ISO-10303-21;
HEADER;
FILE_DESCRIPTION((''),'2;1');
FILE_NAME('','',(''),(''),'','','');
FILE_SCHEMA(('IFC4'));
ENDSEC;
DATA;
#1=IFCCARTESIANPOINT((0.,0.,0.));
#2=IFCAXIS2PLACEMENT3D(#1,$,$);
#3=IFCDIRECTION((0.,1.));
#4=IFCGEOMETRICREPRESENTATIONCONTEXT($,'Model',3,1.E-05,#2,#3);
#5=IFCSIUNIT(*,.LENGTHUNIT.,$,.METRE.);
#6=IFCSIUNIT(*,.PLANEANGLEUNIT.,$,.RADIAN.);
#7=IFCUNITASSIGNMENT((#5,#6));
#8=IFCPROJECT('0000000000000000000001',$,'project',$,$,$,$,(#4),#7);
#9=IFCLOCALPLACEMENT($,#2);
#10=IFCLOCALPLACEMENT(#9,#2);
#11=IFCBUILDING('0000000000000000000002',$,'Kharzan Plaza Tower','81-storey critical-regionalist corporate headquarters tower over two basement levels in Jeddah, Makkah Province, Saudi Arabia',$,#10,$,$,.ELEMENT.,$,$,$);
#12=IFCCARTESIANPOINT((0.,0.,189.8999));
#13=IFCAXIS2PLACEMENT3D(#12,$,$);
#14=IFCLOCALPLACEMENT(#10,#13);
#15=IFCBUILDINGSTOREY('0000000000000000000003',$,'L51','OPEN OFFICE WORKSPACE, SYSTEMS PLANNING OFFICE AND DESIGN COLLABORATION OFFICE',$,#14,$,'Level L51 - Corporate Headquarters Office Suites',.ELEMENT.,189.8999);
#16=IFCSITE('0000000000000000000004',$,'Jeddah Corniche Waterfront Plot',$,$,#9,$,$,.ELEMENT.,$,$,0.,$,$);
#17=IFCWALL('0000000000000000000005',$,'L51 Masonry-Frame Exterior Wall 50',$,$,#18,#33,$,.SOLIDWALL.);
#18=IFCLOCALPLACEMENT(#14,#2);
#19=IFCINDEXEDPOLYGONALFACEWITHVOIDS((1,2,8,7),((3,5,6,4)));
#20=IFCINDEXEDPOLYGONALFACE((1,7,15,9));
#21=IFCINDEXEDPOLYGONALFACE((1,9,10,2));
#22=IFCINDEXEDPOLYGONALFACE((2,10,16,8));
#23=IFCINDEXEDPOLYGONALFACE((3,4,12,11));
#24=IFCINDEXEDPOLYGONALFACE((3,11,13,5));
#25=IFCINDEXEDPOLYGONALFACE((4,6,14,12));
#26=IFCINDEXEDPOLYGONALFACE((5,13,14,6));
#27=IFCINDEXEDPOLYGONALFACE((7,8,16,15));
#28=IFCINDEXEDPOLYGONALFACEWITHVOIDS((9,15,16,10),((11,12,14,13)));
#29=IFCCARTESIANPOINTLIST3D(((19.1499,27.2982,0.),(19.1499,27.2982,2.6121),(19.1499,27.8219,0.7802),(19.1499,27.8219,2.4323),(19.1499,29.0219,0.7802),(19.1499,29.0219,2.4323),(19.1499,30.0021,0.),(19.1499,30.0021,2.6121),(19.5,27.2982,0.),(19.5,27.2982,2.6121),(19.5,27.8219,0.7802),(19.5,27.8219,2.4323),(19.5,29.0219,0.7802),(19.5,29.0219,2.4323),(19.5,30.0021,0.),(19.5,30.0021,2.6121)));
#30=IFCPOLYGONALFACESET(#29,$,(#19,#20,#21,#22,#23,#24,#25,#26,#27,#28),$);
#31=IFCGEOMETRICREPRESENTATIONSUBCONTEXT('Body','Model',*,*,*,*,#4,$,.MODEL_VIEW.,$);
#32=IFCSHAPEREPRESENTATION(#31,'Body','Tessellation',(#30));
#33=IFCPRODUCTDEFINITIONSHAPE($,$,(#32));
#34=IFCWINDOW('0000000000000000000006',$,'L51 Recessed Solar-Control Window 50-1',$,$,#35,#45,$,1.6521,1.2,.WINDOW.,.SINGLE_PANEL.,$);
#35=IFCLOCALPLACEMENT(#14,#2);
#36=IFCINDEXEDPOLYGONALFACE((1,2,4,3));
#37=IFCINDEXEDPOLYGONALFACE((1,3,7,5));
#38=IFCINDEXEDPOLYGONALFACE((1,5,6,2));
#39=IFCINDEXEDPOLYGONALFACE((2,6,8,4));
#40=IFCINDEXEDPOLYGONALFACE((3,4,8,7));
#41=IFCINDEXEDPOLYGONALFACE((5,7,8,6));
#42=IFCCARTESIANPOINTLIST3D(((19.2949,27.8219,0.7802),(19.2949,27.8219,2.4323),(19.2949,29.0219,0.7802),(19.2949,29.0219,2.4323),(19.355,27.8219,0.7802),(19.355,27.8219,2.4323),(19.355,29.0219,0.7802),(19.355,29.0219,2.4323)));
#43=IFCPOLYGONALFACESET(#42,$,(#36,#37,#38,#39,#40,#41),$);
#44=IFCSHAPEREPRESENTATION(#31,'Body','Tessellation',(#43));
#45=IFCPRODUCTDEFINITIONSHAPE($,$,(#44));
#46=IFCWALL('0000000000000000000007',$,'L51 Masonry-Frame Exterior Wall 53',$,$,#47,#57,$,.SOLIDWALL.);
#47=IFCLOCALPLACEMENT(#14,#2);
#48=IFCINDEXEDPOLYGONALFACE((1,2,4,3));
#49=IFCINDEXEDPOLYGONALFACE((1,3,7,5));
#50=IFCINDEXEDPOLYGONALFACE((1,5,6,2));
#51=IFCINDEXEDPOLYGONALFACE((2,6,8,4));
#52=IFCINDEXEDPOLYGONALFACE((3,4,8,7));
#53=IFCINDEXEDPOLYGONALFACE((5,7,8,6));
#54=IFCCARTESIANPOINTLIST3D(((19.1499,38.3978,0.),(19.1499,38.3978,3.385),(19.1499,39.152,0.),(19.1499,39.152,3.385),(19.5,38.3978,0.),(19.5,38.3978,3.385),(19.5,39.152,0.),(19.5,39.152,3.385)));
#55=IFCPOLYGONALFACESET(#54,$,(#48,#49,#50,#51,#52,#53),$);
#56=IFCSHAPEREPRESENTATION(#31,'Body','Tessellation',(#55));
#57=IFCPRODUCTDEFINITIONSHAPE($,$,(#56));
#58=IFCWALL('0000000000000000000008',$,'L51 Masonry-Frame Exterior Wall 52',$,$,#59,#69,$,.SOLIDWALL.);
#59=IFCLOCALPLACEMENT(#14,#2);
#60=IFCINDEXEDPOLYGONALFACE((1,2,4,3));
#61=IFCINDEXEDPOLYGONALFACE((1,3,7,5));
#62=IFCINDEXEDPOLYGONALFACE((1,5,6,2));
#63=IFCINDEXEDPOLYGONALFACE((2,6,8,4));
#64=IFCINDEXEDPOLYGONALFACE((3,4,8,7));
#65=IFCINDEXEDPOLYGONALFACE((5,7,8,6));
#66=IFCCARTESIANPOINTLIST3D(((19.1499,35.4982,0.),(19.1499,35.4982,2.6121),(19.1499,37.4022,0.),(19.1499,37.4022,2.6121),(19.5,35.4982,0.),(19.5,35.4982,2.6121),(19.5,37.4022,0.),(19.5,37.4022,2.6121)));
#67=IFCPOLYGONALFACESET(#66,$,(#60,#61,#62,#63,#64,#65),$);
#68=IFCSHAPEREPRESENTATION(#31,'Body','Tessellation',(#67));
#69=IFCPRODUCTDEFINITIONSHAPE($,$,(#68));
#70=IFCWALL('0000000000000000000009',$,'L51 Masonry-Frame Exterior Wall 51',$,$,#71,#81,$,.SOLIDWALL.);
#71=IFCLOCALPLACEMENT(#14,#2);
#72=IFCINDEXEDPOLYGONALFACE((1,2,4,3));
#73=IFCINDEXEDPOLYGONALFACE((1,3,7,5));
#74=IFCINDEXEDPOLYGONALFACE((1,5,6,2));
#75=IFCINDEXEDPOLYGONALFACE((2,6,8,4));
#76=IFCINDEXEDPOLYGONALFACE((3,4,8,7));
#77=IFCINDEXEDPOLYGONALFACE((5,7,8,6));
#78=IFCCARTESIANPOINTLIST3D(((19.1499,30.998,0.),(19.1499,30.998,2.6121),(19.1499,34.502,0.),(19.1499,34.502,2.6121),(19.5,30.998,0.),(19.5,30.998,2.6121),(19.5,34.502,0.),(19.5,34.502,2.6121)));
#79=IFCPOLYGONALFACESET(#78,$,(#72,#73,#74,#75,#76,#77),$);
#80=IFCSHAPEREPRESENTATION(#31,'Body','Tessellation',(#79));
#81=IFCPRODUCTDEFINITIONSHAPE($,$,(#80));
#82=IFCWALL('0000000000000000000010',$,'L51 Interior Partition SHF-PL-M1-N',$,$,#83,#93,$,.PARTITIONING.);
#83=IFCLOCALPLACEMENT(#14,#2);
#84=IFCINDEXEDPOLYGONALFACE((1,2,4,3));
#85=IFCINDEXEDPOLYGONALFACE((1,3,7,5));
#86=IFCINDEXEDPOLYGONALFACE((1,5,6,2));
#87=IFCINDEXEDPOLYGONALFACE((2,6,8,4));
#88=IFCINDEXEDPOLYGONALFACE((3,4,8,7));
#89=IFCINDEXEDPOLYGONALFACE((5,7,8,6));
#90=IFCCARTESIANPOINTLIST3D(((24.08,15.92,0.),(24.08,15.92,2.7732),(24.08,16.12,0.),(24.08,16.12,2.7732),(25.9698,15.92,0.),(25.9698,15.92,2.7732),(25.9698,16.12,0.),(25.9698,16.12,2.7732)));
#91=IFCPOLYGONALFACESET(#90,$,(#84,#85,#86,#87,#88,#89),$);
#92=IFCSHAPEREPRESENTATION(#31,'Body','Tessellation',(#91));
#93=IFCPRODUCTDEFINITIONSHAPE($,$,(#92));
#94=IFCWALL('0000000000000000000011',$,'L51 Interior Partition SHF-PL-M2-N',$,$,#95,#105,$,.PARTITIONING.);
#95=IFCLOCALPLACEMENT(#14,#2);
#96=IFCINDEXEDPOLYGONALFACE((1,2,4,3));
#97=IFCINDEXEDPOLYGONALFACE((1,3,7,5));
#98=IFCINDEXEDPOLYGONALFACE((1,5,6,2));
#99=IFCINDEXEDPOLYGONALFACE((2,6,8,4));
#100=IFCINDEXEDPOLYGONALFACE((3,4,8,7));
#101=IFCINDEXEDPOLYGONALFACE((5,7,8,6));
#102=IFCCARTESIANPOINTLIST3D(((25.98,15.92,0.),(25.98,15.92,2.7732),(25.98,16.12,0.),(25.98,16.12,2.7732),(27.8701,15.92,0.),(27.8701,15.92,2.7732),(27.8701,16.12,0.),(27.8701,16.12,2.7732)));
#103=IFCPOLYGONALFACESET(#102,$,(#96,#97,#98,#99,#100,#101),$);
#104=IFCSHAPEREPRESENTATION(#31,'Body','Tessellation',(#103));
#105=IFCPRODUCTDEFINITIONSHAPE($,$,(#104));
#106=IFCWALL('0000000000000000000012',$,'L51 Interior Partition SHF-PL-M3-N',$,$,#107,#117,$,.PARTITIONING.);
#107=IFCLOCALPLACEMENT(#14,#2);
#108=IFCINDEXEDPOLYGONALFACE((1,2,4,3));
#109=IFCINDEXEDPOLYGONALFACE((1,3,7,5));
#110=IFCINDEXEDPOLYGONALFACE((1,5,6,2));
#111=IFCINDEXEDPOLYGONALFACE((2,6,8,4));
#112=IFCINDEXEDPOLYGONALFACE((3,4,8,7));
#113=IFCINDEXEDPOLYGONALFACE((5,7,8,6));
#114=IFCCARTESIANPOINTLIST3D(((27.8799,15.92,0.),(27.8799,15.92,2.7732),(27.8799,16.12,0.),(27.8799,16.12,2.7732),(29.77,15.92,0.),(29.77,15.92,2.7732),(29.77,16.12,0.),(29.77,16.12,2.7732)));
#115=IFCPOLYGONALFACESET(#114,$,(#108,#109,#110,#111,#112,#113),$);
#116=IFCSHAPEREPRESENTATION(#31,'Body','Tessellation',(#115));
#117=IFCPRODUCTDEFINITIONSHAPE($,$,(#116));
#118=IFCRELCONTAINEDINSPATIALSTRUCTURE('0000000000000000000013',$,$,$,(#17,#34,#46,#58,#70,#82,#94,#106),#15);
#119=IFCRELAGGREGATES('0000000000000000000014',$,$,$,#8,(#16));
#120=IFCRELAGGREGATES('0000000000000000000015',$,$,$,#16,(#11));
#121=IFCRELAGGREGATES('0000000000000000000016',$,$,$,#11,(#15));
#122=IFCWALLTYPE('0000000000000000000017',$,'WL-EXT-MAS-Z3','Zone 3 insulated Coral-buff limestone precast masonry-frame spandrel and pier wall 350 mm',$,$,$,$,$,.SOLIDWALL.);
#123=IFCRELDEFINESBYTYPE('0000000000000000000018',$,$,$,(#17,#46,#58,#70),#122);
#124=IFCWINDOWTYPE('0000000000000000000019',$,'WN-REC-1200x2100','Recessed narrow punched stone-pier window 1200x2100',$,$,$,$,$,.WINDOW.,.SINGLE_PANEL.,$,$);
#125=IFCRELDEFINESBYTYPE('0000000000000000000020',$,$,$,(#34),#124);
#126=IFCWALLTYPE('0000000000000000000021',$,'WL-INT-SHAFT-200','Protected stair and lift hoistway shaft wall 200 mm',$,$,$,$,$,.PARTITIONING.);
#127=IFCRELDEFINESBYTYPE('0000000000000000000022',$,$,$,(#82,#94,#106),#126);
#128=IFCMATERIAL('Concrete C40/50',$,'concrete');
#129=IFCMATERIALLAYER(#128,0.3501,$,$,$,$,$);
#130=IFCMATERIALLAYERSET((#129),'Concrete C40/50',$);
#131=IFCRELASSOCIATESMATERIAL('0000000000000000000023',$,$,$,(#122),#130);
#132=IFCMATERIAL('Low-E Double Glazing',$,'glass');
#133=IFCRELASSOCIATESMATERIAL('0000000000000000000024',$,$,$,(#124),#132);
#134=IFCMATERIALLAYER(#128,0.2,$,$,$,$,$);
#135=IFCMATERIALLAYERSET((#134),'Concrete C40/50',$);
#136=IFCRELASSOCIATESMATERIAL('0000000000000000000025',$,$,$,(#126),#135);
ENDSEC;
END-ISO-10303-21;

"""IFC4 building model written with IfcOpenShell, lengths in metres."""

from ifc_helpers import new_model, si_unit, direction, frame, frame_2d, origin, place, context, subcontext, project, spatial, rectangle, extrude, source, transform, mapped, material, layer, layer_set, type_object, element, fill, save


model = new_model("IFC4")

# Units and contexts
model_context = context("Model", 3, precision=1e-05, world=origin(), true_north=direction((0.0, 1.0)))
body_context = subcontext(model_context, "Body", "Model", "MODEL_VIEW")
ifc_project = project(units=[si_unit("LENGTHUNIT", "METRE"), si_unit("PLANEANGLEUNIT", "RADIAN")], contexts=[model_context])

# Site, building, storey
site_placement = place(None, origin())
site = spatial("IfcSite", under=ifc_project, at=site_placement, Name="Jeddah Corniche Waterfront Plot", CompositionType="ELEMENT", RefElevation=0.0)
building_placement = place(site_placement, origin())
building = spatial("IfcBuilding", under=site, at=building_placement, Name="Kharzan Plaza Tower", Description="81-storey critical-regionalist corporate headquarters tower over two basement levels in Jeddah, Makkah Province, Saudi Arabia", CompositionType="ELEMENT")
storey_placement = place(building_placement, frame((0.0, 0.0, 189.8999)))
storey = spatial("IfcBuildingStorey", under=building, at=storey_placement, Name="L51", Description="OPEN OFFICE WORKSPACE, SYSTEMS PLANNING OFFICE AND DESIGN COLLABORATION OFFICE", LongName="Level L51 - Corporate Headquarters Office Suites", CompositionType="ELEMENT", Elevation=189.8999)

# Wall, opening, window
ifc_material_1 = material(Name="Concrete C40/50", Category="concrete")
ifc_layer_1 = layer(ifc_material_1, 0.3501)
ifc_layer_set_1 = layer_set([ifc_layer_1], Name="Concrete C40/50")
wall_type_1 = type_object("IfcWallType", Name="WL-EXT-MAS-Z3", Description="Zone 3 insulated Coral-buff limestone precast masonry-frame spandrel and pier wall 350 mm", PredefinedType="SOLIDWALL", material=ifc_layer_set_1)
ifc_material_2 = material(Name="Low-E Double Glazing", Category="glass")
window_type_1 = type_object("IfcWindowType", Name="WN-REC-1200x2100", Description="Recessed narrow punched stone-pier window 1200x2100", PartitioningType="SINGLE_PANEL", PredefinedType="WINDOW", material=ifc_material_2)
shared_shape_1 = source(origin(), body_context, "Body", "SweptSolid", [
    extrude(rectangle(XDim=1.2, YDim=1.6521, at=frame_2d((0.6001, 0.8262))), frame((0.0, 0.03, 0.0), z_axis=(0.0, -1.0, 0.0), x_axis=(1.0, 0.0, 0.0)), (0.0, 0.0, 1.0), 0.0601),
])
wall_1_placement = place(storey_placement, frame((19.325, 27.2981, 0.0), z_axis=(0.0, 0.0, 1.0), x_axis=(0.0, 1.0, 0.0)))
wall_1 = element("IfcWall", 1, at=wall_1_placement, inside=storey, type_object=wall_type_1, Name="L51 Masonry-Frame Exterior Wall 50", PredefinedType="SOLIDWALL", context=body_context, shape_type="SweptSolid", body=[
    extrude(rectangle(XDim=2.7039, YDim=0.3501, at=frame_2d((1.3521, 0.0))), origin(), (0.0, 0.0, 1.0), 2.6121),
])
opening_1_placement = place(wall_1_placement, frame((0.5237, 0.0, 0.78)))
opening_1 = element("IfcOpeningElement", 2, at=opening_1_placement, cuts=wall_1, PredefinedType="OPENING", context=body_context, shape_type="SweptSolid", body=[
    extrude(rectangle(XDim=1.2, YDim=1.6521, at=frame_2d((0.6001, 0.8262))), frame((0.0, 0.1851, 0.0), z_axis=(0.0, -1.0, 0.0), x_axis=(1.0, 0.0, 0.0)), (0.0, 0.0, 1.0), 0.3701),
])
window_1_placement = place(opening_1_placement, origin())
window_1 = element("IfcWindow", 3, at=window_1_placement, inside=storey, type_object=window_type_1, Name="L51 Recessed Solar-Control Window 50-1", OverallHeight=1.6521, OverallWidth=1.2, PartitioningType="SINGLE_PANEL", PredefinedType="WINDOW", context=body_context, shape_type="MappedRepresentation", body=[
    mapped(shared_shape_1, transform((0.0, 0.0, 0.0), x_axis=(1.0, 0.0, 0.0), y_axis=(0.0, 1.0, 0.0), z_axis=(0.0, 0.0, 1.0))),
])
fill(opening_1, window_1)

# Walls
shared_shape_2 = source(origin(), body_context, "Body", "SweptSolid", [
    extrude(rectangle(XDim=0.7542, YDim=0.3501, at=frame_2d((0.377, 0.0))), origin(), (0.0, 0.0, 1.0), 3.385),
])
wall_2_placement = place(storey_placement, frame((19.325, 38.3979, 0.0), z_axis=(0.0, 0.0, 1.0), x_axis=(0.0, 1.0, 0.0)))
element("IfcWall", 4, at=wall_2_placement, inside=storey, type_object=wall_type_1, Name="L51 Masonry-Frame Exterior Wall 53", PredefinedType="SOLIDWALL", context=body_context, shape_type="MappedRepresentation", body=[
    mapped(shared_shape_2, transform((0.0, 0.0, 0.0), x_axis=(1.0, 0.0, 0.0), y_axis=(0.0, 1.0, 0.0), z_axis=(0.0, 0.0, 1.0))),
])
shared_shape_3 = source(origin(), body_context, "Body", "SweptSolid", [
    extrude(rectangle(XDim=1.9041, YDim=0.3501, at=frame_2d((0.9521, 0.0))), origin(), (0.0, 0.0, 1.0), 2.6121),
])
wall_3_placement = place(storey_placement, frame((19.325, 35.498, 0.0), z_axis=(0.0, 0.0, 1.0), x_axis=(0.0, 1.0, 0.0)))
element("IfcWall", 5, at=wall_3_placement, inside=storey, type_object=wall_type_1, Name="L51 Masonry-Frame Exterior Wall 52", PredefinedType="SOLIDWALL", context=body_context, shape_type="MappedRepresentation", body=[
    mapped(shared_shape_3, transform((0.0, 0.0, 0.0), x_axis=(1.0, 0.0, 0.0), y_axis=(0.0, 1.0, 0.0), z_axis=(0.0, 0.0, 1.0))),
])
shared_shape_4 = source(origin(), body_context, "Body", "SweptSolid", [
    extrude(rectangle(XDim=3.5039, YDim=0.3501, at=frame_2d((1.752, 0.0))), origin(), (0.0, 0.0, 1.0), 2.6121),
])
wall_4_placement = place(storey_placement, frame((19.325, 30.998, 0.0), z_axis=(0.0, 0.0, 1.0), x_axis=(0.0, 1.0, 0.0)))
element("IfcWall", 6, at=wall_4_placement, inside=storey, type_object=wall_type_1, Name="L51 Masonry-Frame Exterior Wall 51", PredefinedType="SOLIDWALL", context=body_context, shape_type="MappedRepresentation", body=[
    mapped(shared_shape_4, transform((0.0, 0.0, 0.0), x_axis=(1.0, 0.0, 0.0), y_axis=(0.0, 1.0, 0.0), z_axis=(0.0, 0.0, 1.0))),
])
ifc_layer_2 = layer(ifc_material_1, 0.2)
ifc_layer_set_2 = layer_set([ifc_layer_2], Name="Concrete C40/50")
wall_type_2 = type_object("IfcWallType", Name="WL-INT-SHAFT-200", Description="Protected stair and lift hoistway shaft wall 200 mm", PredefinedType="PARTITIONING", material=ifc_layer_set_2)
shared_shape_5 = source(origin(), body_context, "Body", "SweptSolid", [
    extrude(rectangle(XDim=1.8899, YDim=0.2, at=frame_2d((0.9448, 0.0))), origin(), (0.0, 0.0, 1.0), 2.7732),
])
wall_5_placement = place(storey_placement, frame((24.0801, 16.02, 0.0), z_axis=(0.0, 0.0, 1.0), x_axis=(1.0, 0.0, 0.0)))
element("IfcWall", 7, at=wall_5_placement, inside=storey, type_object=wall_type_2, Name="L51 Interior Partition SHF-PL-M1-N", PredefinedType="PARTITIONING", context=body_context, shape_type="MappedRepresentation", body=[
    mapped(shared_shape_5, transform((0.0, 0.0, 0.0), x_axis=(1.0, 0.0, 0.0), y_axis=(0.0, 1.0, 0.0), z_axis=(0.0, 0.0, 1.0))),
])
shared_shape_6 = source(origin(), body_context, "Body", "SweptSolid", [
    extrude(rectangle(XDim=1.8901, YDim=0.2, at=frame_2d((0.9451, 0.0))), origin(), (0.0, 0.0, 1.0), 2.7732),
])
for number, where, z_axis, x_axis, name in (
    (8, (25.98, 16.02, 0.0), (0.0, 0.0, 1.0), (1.0, 0.0, 0.0), "L51 Interior Partition SHF-PL-M2-N"),
    (9, (27.8799, 16.02, 0.0), (0.0, 0.0, 1.0), (1.0, 0.0, 0.0), "L51 Interior Partition SHF-PL-M3-N"),
):
    element("IfcWall", number, at=place(storey_placement, frame(where, z_axis=z_axis, x_axis=x_axis)), inside=storey, type_object=wall_type_2, Name=name, PredefinedType="PARTITIONING", context=body_context, shape_type="MappedRepresentation", body=[
        mapped(shared_shape_6, transform((0.0, 0.0, 0.0), x_axis=(1.0, 0.0, 0.0), y_axis=(0.0, 1.0, 0.0), z_axis=(0.0, 0.0, 1.0))),
    ])

save(model, "model.ifc")
